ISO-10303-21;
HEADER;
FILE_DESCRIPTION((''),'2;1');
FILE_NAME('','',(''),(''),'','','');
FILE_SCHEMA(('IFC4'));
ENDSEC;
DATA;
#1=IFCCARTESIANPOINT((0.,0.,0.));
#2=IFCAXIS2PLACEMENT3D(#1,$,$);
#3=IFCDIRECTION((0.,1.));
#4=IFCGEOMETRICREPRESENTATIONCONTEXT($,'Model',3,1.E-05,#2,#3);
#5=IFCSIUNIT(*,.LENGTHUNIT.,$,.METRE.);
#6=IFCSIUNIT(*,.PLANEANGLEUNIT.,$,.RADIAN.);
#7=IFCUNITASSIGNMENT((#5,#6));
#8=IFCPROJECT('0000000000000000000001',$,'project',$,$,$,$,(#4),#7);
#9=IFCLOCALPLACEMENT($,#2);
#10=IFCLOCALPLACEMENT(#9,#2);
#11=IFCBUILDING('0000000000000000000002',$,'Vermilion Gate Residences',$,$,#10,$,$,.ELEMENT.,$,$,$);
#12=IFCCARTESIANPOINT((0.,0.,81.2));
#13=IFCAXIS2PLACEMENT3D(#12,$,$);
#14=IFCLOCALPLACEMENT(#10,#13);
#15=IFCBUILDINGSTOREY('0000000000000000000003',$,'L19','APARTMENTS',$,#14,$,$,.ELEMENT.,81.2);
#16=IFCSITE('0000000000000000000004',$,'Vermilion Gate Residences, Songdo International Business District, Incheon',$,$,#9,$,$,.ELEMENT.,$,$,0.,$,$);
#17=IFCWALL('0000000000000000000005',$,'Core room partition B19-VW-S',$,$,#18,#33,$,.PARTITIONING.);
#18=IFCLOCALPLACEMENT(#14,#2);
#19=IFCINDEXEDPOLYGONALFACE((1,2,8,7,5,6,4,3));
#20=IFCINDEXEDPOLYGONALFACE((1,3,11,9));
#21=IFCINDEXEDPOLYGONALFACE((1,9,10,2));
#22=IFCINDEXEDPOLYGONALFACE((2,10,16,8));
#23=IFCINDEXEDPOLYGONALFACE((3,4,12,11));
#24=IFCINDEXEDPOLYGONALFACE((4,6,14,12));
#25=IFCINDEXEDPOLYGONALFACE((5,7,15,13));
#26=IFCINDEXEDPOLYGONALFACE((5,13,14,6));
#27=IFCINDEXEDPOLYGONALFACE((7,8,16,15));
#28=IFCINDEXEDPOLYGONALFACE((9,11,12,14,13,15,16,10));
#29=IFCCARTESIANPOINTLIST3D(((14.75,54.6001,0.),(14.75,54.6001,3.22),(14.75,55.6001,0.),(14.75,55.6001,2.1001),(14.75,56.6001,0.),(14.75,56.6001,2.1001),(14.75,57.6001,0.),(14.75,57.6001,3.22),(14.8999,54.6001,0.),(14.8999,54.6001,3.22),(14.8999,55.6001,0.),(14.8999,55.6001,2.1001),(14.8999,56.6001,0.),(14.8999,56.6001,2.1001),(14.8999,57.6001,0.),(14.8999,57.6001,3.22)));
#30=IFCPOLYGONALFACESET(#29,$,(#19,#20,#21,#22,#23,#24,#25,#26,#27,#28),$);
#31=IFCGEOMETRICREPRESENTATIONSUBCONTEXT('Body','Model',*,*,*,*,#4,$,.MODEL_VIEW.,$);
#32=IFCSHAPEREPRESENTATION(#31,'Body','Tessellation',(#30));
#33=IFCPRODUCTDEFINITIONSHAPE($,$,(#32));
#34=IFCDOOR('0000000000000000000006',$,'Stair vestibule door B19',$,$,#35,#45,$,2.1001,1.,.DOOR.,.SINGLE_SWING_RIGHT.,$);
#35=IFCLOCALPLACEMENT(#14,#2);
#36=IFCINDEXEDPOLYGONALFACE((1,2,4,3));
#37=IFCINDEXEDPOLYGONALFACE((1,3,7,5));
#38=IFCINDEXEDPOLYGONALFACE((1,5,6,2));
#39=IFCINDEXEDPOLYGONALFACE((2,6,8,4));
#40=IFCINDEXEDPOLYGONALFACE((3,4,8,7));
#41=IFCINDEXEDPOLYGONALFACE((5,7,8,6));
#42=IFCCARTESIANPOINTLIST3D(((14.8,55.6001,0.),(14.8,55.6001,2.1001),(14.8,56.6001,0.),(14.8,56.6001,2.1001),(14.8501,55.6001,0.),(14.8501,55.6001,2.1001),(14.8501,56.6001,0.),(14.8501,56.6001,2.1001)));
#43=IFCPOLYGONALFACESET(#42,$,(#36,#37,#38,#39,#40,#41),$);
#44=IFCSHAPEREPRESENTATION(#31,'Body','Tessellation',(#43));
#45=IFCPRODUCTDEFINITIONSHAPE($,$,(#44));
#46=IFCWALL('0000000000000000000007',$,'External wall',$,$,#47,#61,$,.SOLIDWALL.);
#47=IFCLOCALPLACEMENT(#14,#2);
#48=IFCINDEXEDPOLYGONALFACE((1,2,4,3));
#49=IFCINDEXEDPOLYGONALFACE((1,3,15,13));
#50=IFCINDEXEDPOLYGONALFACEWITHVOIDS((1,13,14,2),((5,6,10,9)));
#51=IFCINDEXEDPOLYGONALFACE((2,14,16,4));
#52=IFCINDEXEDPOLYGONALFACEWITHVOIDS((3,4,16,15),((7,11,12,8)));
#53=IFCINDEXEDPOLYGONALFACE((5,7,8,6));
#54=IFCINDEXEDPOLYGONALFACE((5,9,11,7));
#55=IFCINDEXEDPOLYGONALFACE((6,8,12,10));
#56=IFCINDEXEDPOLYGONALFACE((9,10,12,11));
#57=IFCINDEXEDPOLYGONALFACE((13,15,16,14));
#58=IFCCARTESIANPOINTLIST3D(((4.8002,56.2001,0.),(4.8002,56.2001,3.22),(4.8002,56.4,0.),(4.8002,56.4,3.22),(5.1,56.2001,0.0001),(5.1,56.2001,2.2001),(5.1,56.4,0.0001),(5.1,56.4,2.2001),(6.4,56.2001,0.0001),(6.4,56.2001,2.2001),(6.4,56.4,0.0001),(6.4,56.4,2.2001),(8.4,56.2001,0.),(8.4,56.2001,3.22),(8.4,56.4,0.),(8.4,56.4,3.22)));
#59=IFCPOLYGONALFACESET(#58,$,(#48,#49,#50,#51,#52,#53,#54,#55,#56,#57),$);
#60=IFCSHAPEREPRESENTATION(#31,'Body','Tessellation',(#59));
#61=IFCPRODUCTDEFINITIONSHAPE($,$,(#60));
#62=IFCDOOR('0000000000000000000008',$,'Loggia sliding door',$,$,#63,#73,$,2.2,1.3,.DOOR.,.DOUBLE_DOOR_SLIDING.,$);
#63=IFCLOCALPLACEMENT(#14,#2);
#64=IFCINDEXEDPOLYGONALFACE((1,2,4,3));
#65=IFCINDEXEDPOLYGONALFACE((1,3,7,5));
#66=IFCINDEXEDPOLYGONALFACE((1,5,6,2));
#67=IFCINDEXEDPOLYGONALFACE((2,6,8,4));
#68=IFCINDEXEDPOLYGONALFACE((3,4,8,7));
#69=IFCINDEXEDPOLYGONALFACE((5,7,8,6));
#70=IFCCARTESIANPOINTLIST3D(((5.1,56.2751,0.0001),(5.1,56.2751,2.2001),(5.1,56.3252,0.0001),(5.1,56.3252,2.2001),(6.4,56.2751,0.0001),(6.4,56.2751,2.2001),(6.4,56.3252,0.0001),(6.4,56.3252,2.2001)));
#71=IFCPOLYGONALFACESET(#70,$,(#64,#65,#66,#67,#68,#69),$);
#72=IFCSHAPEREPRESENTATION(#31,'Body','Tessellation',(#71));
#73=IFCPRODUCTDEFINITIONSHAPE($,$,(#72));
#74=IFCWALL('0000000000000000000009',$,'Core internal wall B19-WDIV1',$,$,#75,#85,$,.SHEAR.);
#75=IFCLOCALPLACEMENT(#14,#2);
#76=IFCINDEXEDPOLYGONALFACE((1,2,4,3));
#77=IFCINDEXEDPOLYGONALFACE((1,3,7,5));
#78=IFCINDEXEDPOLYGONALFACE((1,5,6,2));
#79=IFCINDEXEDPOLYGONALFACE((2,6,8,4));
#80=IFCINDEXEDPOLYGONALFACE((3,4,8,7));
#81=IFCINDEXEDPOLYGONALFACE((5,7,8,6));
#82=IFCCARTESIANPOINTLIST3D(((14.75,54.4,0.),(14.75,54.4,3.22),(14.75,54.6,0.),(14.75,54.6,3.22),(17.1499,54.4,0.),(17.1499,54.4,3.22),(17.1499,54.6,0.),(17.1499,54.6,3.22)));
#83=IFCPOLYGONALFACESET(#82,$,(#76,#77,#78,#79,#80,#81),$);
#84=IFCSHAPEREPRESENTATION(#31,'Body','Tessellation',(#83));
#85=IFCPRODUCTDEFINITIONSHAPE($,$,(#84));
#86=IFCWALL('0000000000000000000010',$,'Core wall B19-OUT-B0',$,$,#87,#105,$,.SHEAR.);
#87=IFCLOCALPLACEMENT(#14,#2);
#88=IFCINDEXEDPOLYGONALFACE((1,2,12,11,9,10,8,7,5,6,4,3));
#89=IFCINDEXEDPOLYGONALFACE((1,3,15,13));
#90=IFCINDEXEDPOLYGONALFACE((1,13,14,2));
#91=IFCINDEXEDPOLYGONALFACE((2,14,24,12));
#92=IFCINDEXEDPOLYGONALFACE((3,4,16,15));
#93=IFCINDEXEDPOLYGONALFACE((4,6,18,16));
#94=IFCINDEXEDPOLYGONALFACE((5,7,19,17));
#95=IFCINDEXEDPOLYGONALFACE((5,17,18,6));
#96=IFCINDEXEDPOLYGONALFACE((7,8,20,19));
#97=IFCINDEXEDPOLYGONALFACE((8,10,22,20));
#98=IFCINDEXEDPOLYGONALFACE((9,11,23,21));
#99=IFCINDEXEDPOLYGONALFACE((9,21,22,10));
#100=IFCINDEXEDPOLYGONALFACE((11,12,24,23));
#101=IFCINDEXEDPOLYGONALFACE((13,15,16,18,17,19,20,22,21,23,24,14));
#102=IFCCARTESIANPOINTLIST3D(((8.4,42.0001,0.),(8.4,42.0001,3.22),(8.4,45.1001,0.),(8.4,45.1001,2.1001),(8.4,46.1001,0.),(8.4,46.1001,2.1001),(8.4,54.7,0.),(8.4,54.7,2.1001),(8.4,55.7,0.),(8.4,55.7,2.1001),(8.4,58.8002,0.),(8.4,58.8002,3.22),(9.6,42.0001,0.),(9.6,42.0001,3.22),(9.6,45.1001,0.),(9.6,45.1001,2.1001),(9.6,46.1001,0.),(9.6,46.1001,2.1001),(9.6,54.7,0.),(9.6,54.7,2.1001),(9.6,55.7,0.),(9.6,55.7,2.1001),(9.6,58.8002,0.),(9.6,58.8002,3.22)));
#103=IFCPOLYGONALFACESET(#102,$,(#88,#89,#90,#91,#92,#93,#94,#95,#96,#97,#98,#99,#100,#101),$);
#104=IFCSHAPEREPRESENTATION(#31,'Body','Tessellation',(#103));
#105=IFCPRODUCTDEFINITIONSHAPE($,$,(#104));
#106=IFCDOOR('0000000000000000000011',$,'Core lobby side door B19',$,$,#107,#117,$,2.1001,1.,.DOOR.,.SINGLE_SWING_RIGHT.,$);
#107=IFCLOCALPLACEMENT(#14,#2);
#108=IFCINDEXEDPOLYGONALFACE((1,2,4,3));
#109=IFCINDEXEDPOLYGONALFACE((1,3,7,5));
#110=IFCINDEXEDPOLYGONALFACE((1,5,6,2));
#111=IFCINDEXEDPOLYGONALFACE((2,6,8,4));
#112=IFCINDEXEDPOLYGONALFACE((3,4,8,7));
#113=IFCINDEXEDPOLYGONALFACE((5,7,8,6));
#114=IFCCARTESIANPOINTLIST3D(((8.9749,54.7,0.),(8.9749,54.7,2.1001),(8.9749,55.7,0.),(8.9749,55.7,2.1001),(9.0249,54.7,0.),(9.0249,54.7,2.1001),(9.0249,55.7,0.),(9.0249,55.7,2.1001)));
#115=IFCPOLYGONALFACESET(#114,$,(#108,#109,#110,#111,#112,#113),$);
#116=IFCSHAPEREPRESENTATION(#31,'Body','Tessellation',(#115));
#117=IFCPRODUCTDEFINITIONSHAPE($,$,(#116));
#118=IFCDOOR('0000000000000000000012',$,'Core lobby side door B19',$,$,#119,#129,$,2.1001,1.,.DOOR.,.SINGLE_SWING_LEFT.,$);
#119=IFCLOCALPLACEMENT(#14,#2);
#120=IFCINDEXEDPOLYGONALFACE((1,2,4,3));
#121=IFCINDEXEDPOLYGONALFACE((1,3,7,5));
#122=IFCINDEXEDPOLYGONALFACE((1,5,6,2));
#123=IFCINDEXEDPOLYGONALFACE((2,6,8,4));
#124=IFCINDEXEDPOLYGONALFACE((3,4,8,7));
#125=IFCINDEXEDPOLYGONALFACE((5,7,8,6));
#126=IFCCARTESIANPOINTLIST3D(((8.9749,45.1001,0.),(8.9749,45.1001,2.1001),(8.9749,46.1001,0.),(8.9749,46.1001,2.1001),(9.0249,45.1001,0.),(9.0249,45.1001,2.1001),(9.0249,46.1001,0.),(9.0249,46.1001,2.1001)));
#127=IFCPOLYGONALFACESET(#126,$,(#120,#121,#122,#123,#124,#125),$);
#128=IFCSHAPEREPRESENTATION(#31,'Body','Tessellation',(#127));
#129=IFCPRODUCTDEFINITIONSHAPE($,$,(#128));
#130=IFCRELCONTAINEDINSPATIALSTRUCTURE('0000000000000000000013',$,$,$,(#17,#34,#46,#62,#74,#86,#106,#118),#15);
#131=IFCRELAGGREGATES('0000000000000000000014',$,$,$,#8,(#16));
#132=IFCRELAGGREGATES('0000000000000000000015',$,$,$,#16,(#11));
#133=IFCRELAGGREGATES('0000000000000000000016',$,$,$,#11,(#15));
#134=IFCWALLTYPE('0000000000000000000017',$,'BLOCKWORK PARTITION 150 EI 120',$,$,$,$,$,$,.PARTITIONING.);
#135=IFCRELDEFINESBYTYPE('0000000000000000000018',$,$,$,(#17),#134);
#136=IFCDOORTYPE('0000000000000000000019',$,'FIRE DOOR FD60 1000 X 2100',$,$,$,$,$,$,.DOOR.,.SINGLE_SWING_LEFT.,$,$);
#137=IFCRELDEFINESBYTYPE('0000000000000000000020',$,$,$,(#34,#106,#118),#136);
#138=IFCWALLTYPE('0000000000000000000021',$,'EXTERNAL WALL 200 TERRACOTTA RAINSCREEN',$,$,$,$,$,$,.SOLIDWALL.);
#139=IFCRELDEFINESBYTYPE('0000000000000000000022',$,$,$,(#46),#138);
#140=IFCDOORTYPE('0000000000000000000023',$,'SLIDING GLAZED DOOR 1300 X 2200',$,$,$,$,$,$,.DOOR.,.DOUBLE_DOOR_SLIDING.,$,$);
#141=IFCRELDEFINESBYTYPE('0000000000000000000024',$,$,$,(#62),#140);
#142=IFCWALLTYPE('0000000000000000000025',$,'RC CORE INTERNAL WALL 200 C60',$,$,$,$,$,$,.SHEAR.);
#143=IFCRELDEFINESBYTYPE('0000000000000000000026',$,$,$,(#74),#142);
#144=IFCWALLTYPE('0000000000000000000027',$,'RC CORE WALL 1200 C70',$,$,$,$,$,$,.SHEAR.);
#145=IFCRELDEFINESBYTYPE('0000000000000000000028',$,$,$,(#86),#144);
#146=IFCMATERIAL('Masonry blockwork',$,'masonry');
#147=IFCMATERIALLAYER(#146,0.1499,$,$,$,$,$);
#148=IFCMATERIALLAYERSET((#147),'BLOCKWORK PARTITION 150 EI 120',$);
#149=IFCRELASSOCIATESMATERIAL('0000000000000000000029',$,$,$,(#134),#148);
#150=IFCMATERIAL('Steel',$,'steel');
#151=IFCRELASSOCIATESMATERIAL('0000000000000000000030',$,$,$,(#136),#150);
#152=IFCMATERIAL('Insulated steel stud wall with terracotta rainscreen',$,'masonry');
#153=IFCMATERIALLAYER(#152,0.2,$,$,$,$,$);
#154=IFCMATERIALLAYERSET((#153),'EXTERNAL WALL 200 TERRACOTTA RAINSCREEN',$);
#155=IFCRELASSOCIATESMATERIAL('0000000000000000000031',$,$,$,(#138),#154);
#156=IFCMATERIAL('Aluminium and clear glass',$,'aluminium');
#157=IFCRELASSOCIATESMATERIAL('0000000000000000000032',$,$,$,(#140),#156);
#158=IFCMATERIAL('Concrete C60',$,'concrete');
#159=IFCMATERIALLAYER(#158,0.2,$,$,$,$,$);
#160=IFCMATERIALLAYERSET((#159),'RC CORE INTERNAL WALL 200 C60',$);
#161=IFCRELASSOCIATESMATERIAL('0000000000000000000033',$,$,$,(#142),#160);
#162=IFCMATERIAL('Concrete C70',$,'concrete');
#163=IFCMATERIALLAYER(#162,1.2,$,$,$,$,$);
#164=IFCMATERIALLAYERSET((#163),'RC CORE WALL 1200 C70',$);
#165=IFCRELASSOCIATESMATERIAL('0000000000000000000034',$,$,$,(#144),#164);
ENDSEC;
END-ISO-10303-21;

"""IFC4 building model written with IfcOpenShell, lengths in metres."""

from ifc_helpers import new_model, si_unit, direction, frame, frame_2d, origin, place, context, subcontext, project, spatial, rectangle, extrude, material, layer, layer_set, type_object, element, fill, save


model = new_model("IFC4")

# Units and contexts
model_context = context("Model", 3, precision=1e-05, world=origin(), true_north=direction((0.0, 1.0)))
body_context = subcontext(model_context, "Body", "Model", "MODEL_VIEW")
ifc_project = project(units=[si_unit("LENGTHUNIT", "METRE"), si_unit("PLANEANGLEUNIT", "RADIAN")], contexts=[model_context])

# Site, building, storey
site_placement = place(None, origin())
site = spatial("IfcSite", under=ifc_project, at=site_placement, Name="Vermilion Gate Residences, Songdo International Business District, Incheon", CompositionType="ELEMENT", RefElevation=0.0)
building_placement = place(site_placement, origin())
building = spatial("IfcBuilding", under=site, at=building_placement, Name="Vermilion Gate Residences", CompositionType="ELEMENT")
storey_placement = place(building_placement, frame((0.0, 0.0, 81.2)))
storey = spatial("IfcBuildingStorey", under=building, at=storey_placement, Name="L19", Description="APARTMENTS", CompositionType="ELEMENT", Elevation=81.2)

# Walls, openings, doors
ifc_material_1 = material(Name="Masonry blockwork", Category="masonry")
ifc_layer_1 = layer(ifc_material_1, 0.1499)
ifc_layer_set_1 = layer_set([ifc_layer_1], Name="BLOCKWORK PARTITION 150 EI 120")
wall_type_1 = type_object("IfcWallType", Name="BLOCKWORK PARTITION 150 EI 120", PredefinedType="PARTITIONING", material=ifc_layer_set_1)
wall_1_placement = place(storey_placement, frame((14.825, 57.6001, 0.0), z_axis=(0.0, 0.0, 1.0), x_axis=(0.0, -1.0, 0.0)))
wall_1 = element("IfcWall", 1, at=wall_1_placement, inside=storey, type_object=wall_type_1, Name="Core room partition B19-VW-S", PredefinedType="PARTITIONING", context=body_context, shape_type="SweptSolid", body=[
    extrude(rectangle(XDim=3.0, YDim=0.1499, at=frame_2d((1.5, 0.0))), origin(), (0.0, 0.0, 1.0), 3.22),
])
opening_1_placement = place(wall_1_placement, frame((1.0, 0.0, 0.0)))
opening_1 = element("IfcOpeningElement", 2, at=opening_1_placement, cuts=wall_1, PredefinedType="OPENING", context=body_context, shape_type="SweptSolid", body=[
    extrude(rectangle(XDim=1.0, YDim=2.1001, at=frame_2d((0.5, 1.05))), frame((0.0, 0.085, 0.0), z_axis=(0.0, -1.0, 0.0), x_axis=(1.0, 0.0, 0.0)), (0.0, 0.0, 1.0), 0.1699),
])
ifc_material_2 = material(Name="Steel", Category="steel")
door_type_1 = type_object("IfcDoorType", Name="FIRE DOOR FD60 1000 X 2100", OperationType="SINGLE_SWING_LEFT", PredefinedType="DOOR", material=ifc_material_2)
door_1_placement = place(opening_1_placement, frame((1.0, 0.0, 0.0), z_axis=(0.0, 0.0, 1.0), x_axis=(-1.0, 0.0, 0.0)))
door_1 = element("IfcDoor", 3, at=door_1_placement, inside=storey, type_object=door_type_1, Name="Stair vestibule door B19", OperationType="SINGLE_SWING_RIGHT", OverallHeight=2.1001, OverallWidth=1.0, PredefinedType="DOOR", context=body_context, shape_type="SweptSolid", body=[
    extrude(rectangle(XDim=1.0, YDim=2.1001, at=frame_2d((0.5, 1.05))), frame((0.0, 0.0249, 0.0), z_axis=(0.0, -1.0, 0.0), x_axis=(1.0, 0.0, 0.0)), (0.0, 0.0, 1.0), 0.05),
])
fill(opening_1, door_1)
ifc_material_3 = material(Name="Insulated steel stud wall with terracotta rainscreen", Category="masonry")
ifc_layer_2 = layer(ifc_material_3, 0.2)
ifc_layer_set_2 = layer_set([ifc_layer_2], Name="EXTERNAL WALL 200 TERRACOTTA RAINSCREEN")
wall_type_2 = type_object("IfcWallType", Name="EXTERNAL WALL 200 TERRACOTTA RAINSCREEN", PredefinedType="SOLIDWALL", material=ifc_layer_set_2)
wall_2_placement = place(storey_placement, frame((8.3999, 56.3, 0.0), z_axis=(0.0, 0.0, 1.0), x_axis=(-1.0, 0.0, 0.0)))
wall_2 = element("IfcWall", 4, at=wall_2_placement, inside=storey, type_object=wall_type_2, Name="External wall", PredefinedType="SOLIDWALL", context=body_context, shape_type="SweptSolid", body=[
    extrude(rectangle(XDim=3.5999, YDim=0.2, at=frame_2d((1.7998, 0.0))), origin(), (0.0, 0.0, 1.0), 3.22),
])
opening_2_placement = place(wall_2_placement, frame((2.0, 0.0, 0.0)))
opening_2 = element("IfcOpeningElement", 5, at=opening_2_placement, cuts=wall_2, PredefinedType="OPENING", context=body_context, shape_type="SweptSolid", body=[
    extrude(rectangle(XDim=1.3, YDim=2.2, at=frame_2d((0.6499, 1.1001))), frame((0.0, 0.1099, 0.0), z_axis=(0.0, -1.0, 0.0), x_axis=(1.0, 0.0, 0.0)), (0.0, 0.0, 1.0), 0.22),
])
ifc_material_4 = material(Name="Aluminium and clear glass", Category="aluminium")
door_type_2 = type_object("IfcDoorType", Name="SLIDING GLAZED DOOR 1300 X 2200", OperationType="DOUBLE_DOOR_SLIDING", PredefinedType="DOOR", material=ifc_material_4)
door_2_placement = place(opening_2_placement, origin())
door_2 = element("IfcDoor", 6, at=door_2_placement, inside=storey, type_object=door_type_2, Name="Loggia sliding door", OperationType="DOUBLE_DOOR_SLIDING", OverallHeight=2.2, OverallWidth=1.3, PredefinedType="DOOR", context=body_context, shape_type="SweptSolid", body=[
    extrude(rectangle(XDim=1.3, YDim=2.2, at=frame_2d((0.6499, 1.1001))), frame((0.0, 0.0249, 0.0), z_axis=(0.0, -1.0, 0.0), x_axis=(1.0, 0.0, 0.0)), (0.0, 0.0, 1.0), 0.05),
])
fill(opening_2, door_2)

# Wall
ifc_material_5 = material(Name="Concrete C60", Category="concrete")
ifc_layer_3 = layer(ifc_material_5, 0.2)
ifc_layer_set_3 = layer_set([ifc_layer_3], Name="RC CORE INTERNAL WALL 200 C60")
wall_type_3 = type_object("IfcWallType", Name="RC CORE INTERNAL WALL 200 C60", PredefinedType="SHEAR", material=ifc_layer_set_3)
wall_3_placement = place(storey_placement, frame((14.75, 54.5, 0.0), z_axis=(0.0, 0.0, 1.0), x_axis=(1.0, 0.0, 0.0)))
element("IfcWall", 7, at=wall_3_placement, inside=storey, type_object=wall_type_3, Name="Core internal wall B19-WDIV1", PredefinedType="SHEAR", context=body_context, shape_type="SweptSolid", body=[
    extrude(rectangle(XDim=2.3999, YDim=0.2, at=frame_2d((1.2, 0.0))), origin(), (0.0, 0.0, 1.0), 3.22),
])

# Wall, openings, doors
ifc_material_6 = material(Name="Concrete C70", Category="concrete")
ifc_layer_4 = layer(ifc_material_6, 1.2)
ifc_layer_set_4 = layer_set([ifc_layer_4], Name="RC CORE WALL 1200 C70")
wall_type_4 = type_object("IfcWallType", Name="RC CORE WALL 1200 C70", PredefinedType="SHEAR", material=ifc_layer_set_4)
wall_4_placement = place(storey_placement, frame((9.0, 58.8, 0.0), z_axis=(0.0, 0.0, 1.0), x_axis=(0.0, -1.0, 0.0)))
wall_4 = element("IfcWall", 8, at=wall_4_placement, inside=storey, type_object=wall_type_4, Name="Core wall B19-OUT-B0", PredefinedType="SHEAR", context=body_context, shape_type="SweptSolid", body=[
    extrude(rectangle(XDim=16.8, YDim=1.2, at=frame_2d((8.3999, 0.0))), origin(), (0.0, 0.0, 1.0), 3.22),
])
opening_3_placement = place(wall_4_placement, frame((3.1001, 0.0, 0.0)))
opening_3 = element("IfcOpeningElement", 9, at=opening_3_placement, cuts=wall_4, PredefinedType="OPENING", context=body_context, shape_type="SweptSolid", body=[
    extrude(rectangle(XDim=1.0, YDim=2.1001, at=frame_2d((0.5, 1.05))), frame((0.0, 0.6099, 0.0), z_axis=(0.0, -1.0, 0.0), x_axis=(1.0, 0.0, 0.0)), (0.0, 0.0, 1.0), 1.22),
])
opening_4_placement = place(wall_4_placement, frame((12.7, 0.0, 0.0)))
opening_4 = element("IfcOpeningElement", 10, at=opening_4_placement, cuts=wall_4, PredefinedType="OPENING", context=body_context, shape_type="SweptSolid", body=[
    extrude(rectangle(XDim=1.0, YDim=2.1001, at=frame_2d((0.5, 1.05))), frame((0.0, 0.6099, 0.0), z_axis=(0.0, -1.0, 0.0), x_axis=(1.0, 0.0, 0.0)), (0.0, 0.0, 1.0), 1.22),
])
door_3_placement = place(opening_3_placement, origin())
door_3 = element("IfcDoor", 11, at=door_3_placement, inside=storey, type_object=door_type_1, Name="Core lobby side door B19", OperationType="SINGLE_SWING_RIGHT", OverallHeight=2.1001, OverallWidth=1.0, PredefinedType="DOOR", context=body_context, shape_type="SweptSolid", body=[
    extrude(rectangle(XDim=1.0, YDim=2.1001, at=frame_2d((0.5, 1.05))), frame((0.0, 0.0249, 0.0), z_axis=(0.0, -1.0, 0.0), x_axis=(1.0, 0.0, 0.0)), (0.0, 0.0, 1.0), 0.05),
])
fill(opening_3, door_3)
door_4_placement = place(opening_4_placement, origin())
door_4 = element("IfcDoor", 12, at=door_4_placement, inside=storey, type_object=door_type_1, Name="Core lobby side door B19", OperationType="SINGLE_SWING_LEFT", OverallHeight=2.1001, OverallWidth=1.0, PredefinedType="DOOR", context=body_context, shape_type="SweptSolid", body=[
    extrude(rectangle(XDim=1.0, YDim=2.1001, at=frame_2d((0.5, 1.05))), frame((0.0, 0.0249, 0.0), z_axis=(0.0, -1.0, 0.0), x_axis=(1.0, 0.0, 0.0)), (0.0, 0.0, 1.0), 0.05),
])
fill(opening_4, door_4)

save(model, "model.ifc")
